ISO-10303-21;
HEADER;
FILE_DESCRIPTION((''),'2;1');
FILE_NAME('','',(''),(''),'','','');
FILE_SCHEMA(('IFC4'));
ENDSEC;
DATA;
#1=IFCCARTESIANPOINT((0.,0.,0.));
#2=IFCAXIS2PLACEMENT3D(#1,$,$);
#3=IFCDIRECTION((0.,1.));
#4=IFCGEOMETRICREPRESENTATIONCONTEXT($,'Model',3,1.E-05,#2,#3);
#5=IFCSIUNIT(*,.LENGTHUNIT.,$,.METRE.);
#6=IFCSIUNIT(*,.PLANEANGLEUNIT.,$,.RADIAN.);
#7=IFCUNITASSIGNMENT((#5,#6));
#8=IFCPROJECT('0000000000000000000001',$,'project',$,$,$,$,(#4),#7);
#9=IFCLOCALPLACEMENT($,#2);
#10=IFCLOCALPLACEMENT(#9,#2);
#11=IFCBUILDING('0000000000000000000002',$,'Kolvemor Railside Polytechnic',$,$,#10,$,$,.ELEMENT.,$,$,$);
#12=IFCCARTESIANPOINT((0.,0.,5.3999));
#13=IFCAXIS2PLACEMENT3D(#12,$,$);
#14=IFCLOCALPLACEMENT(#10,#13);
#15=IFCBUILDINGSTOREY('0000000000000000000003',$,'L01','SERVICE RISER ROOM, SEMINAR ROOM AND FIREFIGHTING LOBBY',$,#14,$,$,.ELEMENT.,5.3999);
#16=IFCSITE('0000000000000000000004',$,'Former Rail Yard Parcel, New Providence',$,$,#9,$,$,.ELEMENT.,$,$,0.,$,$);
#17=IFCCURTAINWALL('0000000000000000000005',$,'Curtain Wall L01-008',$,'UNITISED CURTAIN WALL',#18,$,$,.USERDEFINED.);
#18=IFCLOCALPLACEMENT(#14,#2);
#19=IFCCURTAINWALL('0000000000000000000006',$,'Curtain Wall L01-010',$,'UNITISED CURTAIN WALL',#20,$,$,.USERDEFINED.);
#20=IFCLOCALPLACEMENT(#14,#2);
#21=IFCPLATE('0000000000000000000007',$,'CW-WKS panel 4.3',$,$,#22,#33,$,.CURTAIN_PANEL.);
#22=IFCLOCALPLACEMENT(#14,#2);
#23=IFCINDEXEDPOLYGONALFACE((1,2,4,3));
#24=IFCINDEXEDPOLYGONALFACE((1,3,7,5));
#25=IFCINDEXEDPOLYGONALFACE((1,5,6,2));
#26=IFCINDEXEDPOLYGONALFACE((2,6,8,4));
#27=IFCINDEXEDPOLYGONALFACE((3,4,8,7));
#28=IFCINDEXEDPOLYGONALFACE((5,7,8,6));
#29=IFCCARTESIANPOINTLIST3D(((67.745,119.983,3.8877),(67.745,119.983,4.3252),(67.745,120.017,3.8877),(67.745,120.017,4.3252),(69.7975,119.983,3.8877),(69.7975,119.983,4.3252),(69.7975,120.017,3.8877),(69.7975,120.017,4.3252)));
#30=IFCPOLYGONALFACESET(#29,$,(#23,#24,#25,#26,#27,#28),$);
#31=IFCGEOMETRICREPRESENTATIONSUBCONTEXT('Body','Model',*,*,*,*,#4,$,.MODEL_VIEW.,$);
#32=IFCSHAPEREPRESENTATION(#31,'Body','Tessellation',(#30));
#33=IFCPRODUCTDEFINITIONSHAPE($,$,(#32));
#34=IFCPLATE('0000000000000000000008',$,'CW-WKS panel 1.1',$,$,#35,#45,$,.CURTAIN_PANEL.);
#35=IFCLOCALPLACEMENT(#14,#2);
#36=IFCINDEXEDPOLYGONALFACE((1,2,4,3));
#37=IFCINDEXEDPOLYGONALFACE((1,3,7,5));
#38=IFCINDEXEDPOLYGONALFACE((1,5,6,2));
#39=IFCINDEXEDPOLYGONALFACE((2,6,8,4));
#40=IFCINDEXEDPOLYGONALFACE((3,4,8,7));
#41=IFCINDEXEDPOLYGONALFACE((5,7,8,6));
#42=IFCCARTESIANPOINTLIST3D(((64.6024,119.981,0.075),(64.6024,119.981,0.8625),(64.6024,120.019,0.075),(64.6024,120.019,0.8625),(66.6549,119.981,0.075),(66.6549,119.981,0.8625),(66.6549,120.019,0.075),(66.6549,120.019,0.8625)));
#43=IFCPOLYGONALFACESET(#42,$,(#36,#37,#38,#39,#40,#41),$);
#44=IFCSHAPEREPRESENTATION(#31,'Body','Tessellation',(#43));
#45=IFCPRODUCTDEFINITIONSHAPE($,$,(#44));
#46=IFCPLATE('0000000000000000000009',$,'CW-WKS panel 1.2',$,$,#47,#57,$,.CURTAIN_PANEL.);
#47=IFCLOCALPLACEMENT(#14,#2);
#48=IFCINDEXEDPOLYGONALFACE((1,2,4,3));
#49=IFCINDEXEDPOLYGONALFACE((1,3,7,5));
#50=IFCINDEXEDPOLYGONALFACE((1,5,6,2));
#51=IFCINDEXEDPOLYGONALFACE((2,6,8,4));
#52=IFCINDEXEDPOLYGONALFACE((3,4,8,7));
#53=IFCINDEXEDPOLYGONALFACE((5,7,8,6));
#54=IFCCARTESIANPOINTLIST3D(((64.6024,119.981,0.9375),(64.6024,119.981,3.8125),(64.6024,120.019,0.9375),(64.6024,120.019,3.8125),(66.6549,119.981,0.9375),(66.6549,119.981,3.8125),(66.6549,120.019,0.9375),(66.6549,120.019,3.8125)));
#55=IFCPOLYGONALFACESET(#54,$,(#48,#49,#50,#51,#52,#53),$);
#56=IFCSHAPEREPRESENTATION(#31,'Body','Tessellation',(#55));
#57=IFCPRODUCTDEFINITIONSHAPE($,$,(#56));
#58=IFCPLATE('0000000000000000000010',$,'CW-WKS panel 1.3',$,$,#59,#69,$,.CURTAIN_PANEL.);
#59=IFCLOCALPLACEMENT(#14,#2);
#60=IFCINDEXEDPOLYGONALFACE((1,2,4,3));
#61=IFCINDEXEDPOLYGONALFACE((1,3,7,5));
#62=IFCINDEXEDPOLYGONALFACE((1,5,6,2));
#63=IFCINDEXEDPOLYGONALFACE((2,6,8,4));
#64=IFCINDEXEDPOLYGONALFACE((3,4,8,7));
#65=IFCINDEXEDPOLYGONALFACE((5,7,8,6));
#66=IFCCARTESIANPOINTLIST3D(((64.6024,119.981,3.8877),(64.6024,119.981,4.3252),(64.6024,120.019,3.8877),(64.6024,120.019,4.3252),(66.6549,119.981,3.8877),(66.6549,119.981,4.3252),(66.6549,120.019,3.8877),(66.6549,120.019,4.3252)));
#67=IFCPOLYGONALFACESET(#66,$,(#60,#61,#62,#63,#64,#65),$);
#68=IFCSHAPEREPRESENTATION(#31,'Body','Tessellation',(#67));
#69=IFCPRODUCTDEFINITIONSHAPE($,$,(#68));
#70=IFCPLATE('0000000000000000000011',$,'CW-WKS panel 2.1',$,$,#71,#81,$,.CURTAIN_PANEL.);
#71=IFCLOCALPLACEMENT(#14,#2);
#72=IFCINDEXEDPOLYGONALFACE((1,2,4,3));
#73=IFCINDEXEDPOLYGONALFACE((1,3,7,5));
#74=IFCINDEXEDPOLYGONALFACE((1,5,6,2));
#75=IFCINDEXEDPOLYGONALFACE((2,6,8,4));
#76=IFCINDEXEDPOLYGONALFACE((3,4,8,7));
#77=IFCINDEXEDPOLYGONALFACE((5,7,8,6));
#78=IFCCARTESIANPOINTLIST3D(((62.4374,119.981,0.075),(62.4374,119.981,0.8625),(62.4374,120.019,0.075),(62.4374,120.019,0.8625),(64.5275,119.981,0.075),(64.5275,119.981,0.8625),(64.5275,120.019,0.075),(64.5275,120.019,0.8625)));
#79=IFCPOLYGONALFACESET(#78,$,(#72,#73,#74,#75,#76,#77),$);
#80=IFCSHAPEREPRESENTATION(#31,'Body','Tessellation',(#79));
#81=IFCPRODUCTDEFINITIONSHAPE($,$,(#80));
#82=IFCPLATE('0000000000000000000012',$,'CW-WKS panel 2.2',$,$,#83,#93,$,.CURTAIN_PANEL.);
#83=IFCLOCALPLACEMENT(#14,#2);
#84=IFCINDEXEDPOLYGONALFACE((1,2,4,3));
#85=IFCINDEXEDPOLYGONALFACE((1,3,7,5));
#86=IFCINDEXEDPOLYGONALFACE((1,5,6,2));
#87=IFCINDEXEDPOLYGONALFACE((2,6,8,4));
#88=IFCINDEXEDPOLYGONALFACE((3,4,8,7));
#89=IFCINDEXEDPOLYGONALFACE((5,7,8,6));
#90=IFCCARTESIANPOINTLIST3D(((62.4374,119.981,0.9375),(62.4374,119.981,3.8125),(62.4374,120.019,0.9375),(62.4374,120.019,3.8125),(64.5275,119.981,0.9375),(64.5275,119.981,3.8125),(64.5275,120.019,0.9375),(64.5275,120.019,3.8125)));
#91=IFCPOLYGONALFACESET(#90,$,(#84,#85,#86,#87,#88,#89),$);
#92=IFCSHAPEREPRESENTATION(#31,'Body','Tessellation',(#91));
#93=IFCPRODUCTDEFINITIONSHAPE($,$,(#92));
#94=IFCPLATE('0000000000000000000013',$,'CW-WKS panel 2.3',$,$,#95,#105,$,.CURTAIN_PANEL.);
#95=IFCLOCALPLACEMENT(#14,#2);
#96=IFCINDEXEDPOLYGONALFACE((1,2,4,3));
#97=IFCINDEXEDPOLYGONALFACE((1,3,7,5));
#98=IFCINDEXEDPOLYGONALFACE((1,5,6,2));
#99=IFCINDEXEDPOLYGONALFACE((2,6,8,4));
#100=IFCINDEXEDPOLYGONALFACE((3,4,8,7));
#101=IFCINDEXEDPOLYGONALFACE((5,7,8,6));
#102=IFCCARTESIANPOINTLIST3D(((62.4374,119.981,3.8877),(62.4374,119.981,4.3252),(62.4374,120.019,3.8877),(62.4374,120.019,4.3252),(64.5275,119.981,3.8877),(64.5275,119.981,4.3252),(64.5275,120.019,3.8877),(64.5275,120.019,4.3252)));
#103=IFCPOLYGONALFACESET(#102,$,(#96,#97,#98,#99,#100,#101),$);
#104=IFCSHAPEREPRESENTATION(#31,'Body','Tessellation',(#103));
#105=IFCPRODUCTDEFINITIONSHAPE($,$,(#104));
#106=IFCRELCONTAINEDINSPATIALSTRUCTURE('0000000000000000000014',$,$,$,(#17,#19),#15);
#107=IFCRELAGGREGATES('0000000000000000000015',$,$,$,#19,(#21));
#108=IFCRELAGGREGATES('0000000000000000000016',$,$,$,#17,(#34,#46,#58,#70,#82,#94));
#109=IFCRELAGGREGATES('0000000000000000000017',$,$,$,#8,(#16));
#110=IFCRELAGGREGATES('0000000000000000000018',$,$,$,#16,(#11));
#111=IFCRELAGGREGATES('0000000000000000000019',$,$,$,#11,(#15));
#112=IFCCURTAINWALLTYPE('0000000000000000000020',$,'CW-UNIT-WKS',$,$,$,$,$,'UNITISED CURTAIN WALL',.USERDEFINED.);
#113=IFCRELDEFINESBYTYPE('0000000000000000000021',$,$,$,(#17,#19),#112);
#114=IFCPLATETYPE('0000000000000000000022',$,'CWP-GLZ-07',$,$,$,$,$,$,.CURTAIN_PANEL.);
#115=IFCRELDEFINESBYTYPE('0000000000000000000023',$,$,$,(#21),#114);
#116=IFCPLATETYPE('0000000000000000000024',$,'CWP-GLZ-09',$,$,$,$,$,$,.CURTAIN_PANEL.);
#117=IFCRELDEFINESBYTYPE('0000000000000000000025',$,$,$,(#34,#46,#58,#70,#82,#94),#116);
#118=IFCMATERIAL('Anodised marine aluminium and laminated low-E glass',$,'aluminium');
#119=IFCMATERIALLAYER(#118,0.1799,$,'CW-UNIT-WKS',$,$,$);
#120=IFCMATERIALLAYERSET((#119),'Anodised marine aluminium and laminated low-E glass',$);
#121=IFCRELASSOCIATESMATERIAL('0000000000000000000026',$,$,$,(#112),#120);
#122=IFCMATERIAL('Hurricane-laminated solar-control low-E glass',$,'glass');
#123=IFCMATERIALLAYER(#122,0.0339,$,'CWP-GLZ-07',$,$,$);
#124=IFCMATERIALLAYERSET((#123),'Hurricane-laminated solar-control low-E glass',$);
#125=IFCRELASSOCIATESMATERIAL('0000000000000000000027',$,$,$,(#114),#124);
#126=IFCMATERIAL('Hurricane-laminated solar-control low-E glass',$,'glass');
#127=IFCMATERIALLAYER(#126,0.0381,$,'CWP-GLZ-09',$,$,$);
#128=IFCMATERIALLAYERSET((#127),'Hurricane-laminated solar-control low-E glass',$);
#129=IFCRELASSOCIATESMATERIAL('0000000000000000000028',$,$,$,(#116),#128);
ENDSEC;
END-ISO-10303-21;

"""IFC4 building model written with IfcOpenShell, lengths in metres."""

from ifc_helpers import new_model, si_unit, direction, frame, origin, origin_2d, place, context, subcontext, project, spatial, rectangle, extrude, material, layer, layer_set, type_object, element, aggregate, save


model = new_model("IFC4")

# Units and contexts
model_context = context("Model", 3, precision=1e-05, world=origin(), true_north=direction((0.0, 1.0)))
body_context = subcontext(model_context, "Body", "Model", "MODEL_VIEW")
ifc_project = project(units=[si_unit("LENGTHUNIT", "METRE"), si_unit("PLANEANGLEUNIT", "RADIAN")], contexts=[model_context])

# Site, building, storey
site_placement = place(None, origin())
site = spatial("IfcSite", under=ifc_project, at=site_placement, Name="Former Rail Yard Parcel, New Providence", CompositionType="ELEMENT", RefElevation=0.0)
building_placement = place(site_placement, origin())
building = spatial("IfcBuilding", under=site, at=building_placement, Name="Kolvemor Railside Polytechnic", CompositionType="ELEMENT")
storey_placement = place(building_placement, frame((0.0, 0.0, 5.3999)))
storey = spatial("IfcBuildingStorey", under=building, at=storey_placement, Name="L01", Description="SERVICE RISER ROOM, SEMINAR ROOM AND FIREFIGHTING LOBBY", CompositionType="ELEMENT", Elevation=5.3999)

# Curtain wall
ifc_material_1 = material(Name="Anodised marine aluminium and laminated low-E glass", Category="aluminium")
ifc_layer_1 = layer(ifc_material_1, 0.1799, Name="CW-UNIT-WKS")
ifc_layer_set_1 = layer_set([ifc_layer_1], Name="Anodised marine aluminium and laminated low-E glass")
curtain_wall_type = type_object("IfcCurtainWallType", Name="CW-UNIT-WKS", ElementType="UNITISED CURTAIN WALL", PredefinedType="USERDEFINED", material=ifc_layer_set_1)
curtain_wall_1_placement = place(storey_placement, origin())
curtain_wall_1 = element("IfcCurtainWall", 1, at=curtain_wall_1_placement, inside=storey, type_object=curtain_wall_type, Name="Curtain Wall L01-008", ObjectType="UNITISED CURTAIN WALL", PredefinedType="USERDEFINED")

# Curtain wall
curtain_wall_2_placement = place(storey_placement, origin())
curtain_wall_2 = element("IfcCurtainWall", 2, at=curtain_wall_2_placement, inside=storey, type_object=curtain_wall_type, Name="Curtain Wall L01-010", ObjectType="UNITISED CURTAIN WALL", PredefinedType="USERDEFINED")

# Plates
ifc_material_2 = material(Name="Hurricane-laminated solar-control low-E glass", Category="glass")
ifc_layer_2 = layer(ifc_material_2, 0.0339, Name="CWP-GLZ-07")
ifc_layer_set_2 = layer_set([ifc_layer_2], Name="Hurricane-laminated solar-control low-E glass")
plate_type_1 = type_object("IfcPlateType", Name="CWP-GLZ-07", PredefinedType="CURTAIN_PANEL", material=ifc_layer_set_2)
plate_1_placement = place(storey_placement, frame((68.7712, 120.0, 3.8877), z_axis=(0.0, 0.0, 1.0), x_axis=(-1.0, 0.0, 0.0)))
plate_1 = element("IfcPlate", 3, at=plate_1_placement, type_object=plate_type_1, Name="CW-WKS panel 4.3", PredefinedType="CURTAIN_PANEL", context=body_context, shape_type="SweptSolid", body=[
    extrude(rectangle(XDim=2.0525, YDim=0.0339, at=origin_2d()), origin(), (0.0, 0.0, 1.0), 0.4375),
])
aggregate(curtain_wall_2, [plate_1])
ifc_material_3 = material(Name="Hurricane-laminated solar-control low-E glass", Category="glass")
ifc_layer_3 = layer(ifc_material_3, 0.0381, Name="CWP-GLZ-09")
ifc_layer_set_3 = layer_set([ifc_layer_3], Name="Hurricane-laminated solar-control low-E glass")
plate_type_2 = type_object("IfcPlateType", Name="CWP-GLZ-09", PredefinedType="CURTAIN_PANEL", material=ifc_layer_set_3)
plate_2_placement = place(storey_placement, frame((65.6287, 120.0, 0.075), z_axis=(0.0, 0.0, 1.0), x_axis=(-1.0, 0.0, 0.0)))
plate_2 = element("IfcPlate", 4, at=plate_2_placement, type_object=plate_type_2, Name="CW-WKS panel 1.1", PredefinedType="CURTAIN_PANEL", context=body_context, shape_type="SweptSolid", body=[
    extrude(rectangle(XDim=2.0525, YDim=0.0381, at=origin_2d()), origin(), (0.0, 0.0, 1.0), 0.7876),
])
plate_3_placement = place(storey_placement, frame((65.6287, 120.0, 0.9375), z_axis=(0.0, 0.0, 1.0), x_axis=(-1.0, 0.0, 0.0)))
plate_3 = element("IfcPlate", 5, at=plate_3_placement, type_object=plate_type_2, Name="CW-WKS panel 1.2", PredefinedType="CURTAIN_PANEL", context=body_context, shape_type="SweptSolid", body=[
    extrude(rectangle(XDim=2.0525, YDim=0.0381, at=origin_2d()), origin(), (0.0, 0.0, 1.0), 2.875),
])
plate_4_placement = place(storey_placement, frame((65.6287, 120.0, 3.8877), z_axis=(0.0, 0.0, 1.0), x_axis=(-1.0, 0.0, 0.0)))
plate_4 = element("IfcPlate", 6, at=plate_4_placement, type_object=plate_type_2, Name="CW-WKS panel 1.3", PredefinedType="CURTAIN_PANEL", context=body_context, shape_type="SweptSolid", body=[
    extrude(rectangle(XDim=2.0525, YDim=0.0381, at=origin_2d()), origin(), (0.0, 0.0, 1.0), 0.4375),
])
plate_5_placement = place(storey_placement, frame((63.4824, 120.0, 0.075), z_axis=(0.0, 0.0, 1.0), x_axis=(-1.0, 0.0, 0.0)))
plate_5 = element("IfcPlate", 7, at=plate_5_placement, type_object=plate_type_2, Name="CW-WKS panel 2.1", PredefinedType="CURTAIN_PANEL", context=body_context, shape_type="SweptSolid", body=[
    extrude(rectangle(XDim=2.0901, YDim=0.0381, at=origin_2d()), origin(), (0.0, 0.0, 1.0), 0.7876),
])
plate_6_placement = place(storey_placement, frame((63.4824, 120.0, 0.9375), z_axis=(0.0, 0.0, 1.0), x_axis=(-1.0, 0.0, 0.0)))
plate_6 = element("IfcPlate", 8, at=plate_6_placement, type_object=plate_type_2, Name="CW-WKS panel 2.2", PredefinedType="CURTAIN_PANEL", context=body_context, shape_type="SweptSolid", body=[
    extrude(rectangle(XDim=2.0901, YDim=0.0381, at=origin_2d()), origin(), (0.0, 0.0, 1.0), 2.875),
])
plate_7_placement = place(storey_placement, frame((63.4824, 120.0, 3.8877), z_axis=(0.0, 0.0, 1.0), x_axis=(-1.0, 0.0, 0.0)))
plate_7 = element("IfcPlate", 9, at=plate_7_placement, type_object=plate_type_2, Name="CW-WKS panel 2.3", PredefinedType="CURTAIN_PANEL", context=body_context, shape_type="SweptSolid", body=[
    extrude(rectangle(XDim=2.0901, YDim=0.0381, at=origin_2d()), origin(), (0.0, 0.0, 1.0), 0.4375),
])
aggregate(curtain_wall_1, [plate_2, plate_3, plate_4, plate_5, plate_6, plate_7])

save(model, "model.ifc")
